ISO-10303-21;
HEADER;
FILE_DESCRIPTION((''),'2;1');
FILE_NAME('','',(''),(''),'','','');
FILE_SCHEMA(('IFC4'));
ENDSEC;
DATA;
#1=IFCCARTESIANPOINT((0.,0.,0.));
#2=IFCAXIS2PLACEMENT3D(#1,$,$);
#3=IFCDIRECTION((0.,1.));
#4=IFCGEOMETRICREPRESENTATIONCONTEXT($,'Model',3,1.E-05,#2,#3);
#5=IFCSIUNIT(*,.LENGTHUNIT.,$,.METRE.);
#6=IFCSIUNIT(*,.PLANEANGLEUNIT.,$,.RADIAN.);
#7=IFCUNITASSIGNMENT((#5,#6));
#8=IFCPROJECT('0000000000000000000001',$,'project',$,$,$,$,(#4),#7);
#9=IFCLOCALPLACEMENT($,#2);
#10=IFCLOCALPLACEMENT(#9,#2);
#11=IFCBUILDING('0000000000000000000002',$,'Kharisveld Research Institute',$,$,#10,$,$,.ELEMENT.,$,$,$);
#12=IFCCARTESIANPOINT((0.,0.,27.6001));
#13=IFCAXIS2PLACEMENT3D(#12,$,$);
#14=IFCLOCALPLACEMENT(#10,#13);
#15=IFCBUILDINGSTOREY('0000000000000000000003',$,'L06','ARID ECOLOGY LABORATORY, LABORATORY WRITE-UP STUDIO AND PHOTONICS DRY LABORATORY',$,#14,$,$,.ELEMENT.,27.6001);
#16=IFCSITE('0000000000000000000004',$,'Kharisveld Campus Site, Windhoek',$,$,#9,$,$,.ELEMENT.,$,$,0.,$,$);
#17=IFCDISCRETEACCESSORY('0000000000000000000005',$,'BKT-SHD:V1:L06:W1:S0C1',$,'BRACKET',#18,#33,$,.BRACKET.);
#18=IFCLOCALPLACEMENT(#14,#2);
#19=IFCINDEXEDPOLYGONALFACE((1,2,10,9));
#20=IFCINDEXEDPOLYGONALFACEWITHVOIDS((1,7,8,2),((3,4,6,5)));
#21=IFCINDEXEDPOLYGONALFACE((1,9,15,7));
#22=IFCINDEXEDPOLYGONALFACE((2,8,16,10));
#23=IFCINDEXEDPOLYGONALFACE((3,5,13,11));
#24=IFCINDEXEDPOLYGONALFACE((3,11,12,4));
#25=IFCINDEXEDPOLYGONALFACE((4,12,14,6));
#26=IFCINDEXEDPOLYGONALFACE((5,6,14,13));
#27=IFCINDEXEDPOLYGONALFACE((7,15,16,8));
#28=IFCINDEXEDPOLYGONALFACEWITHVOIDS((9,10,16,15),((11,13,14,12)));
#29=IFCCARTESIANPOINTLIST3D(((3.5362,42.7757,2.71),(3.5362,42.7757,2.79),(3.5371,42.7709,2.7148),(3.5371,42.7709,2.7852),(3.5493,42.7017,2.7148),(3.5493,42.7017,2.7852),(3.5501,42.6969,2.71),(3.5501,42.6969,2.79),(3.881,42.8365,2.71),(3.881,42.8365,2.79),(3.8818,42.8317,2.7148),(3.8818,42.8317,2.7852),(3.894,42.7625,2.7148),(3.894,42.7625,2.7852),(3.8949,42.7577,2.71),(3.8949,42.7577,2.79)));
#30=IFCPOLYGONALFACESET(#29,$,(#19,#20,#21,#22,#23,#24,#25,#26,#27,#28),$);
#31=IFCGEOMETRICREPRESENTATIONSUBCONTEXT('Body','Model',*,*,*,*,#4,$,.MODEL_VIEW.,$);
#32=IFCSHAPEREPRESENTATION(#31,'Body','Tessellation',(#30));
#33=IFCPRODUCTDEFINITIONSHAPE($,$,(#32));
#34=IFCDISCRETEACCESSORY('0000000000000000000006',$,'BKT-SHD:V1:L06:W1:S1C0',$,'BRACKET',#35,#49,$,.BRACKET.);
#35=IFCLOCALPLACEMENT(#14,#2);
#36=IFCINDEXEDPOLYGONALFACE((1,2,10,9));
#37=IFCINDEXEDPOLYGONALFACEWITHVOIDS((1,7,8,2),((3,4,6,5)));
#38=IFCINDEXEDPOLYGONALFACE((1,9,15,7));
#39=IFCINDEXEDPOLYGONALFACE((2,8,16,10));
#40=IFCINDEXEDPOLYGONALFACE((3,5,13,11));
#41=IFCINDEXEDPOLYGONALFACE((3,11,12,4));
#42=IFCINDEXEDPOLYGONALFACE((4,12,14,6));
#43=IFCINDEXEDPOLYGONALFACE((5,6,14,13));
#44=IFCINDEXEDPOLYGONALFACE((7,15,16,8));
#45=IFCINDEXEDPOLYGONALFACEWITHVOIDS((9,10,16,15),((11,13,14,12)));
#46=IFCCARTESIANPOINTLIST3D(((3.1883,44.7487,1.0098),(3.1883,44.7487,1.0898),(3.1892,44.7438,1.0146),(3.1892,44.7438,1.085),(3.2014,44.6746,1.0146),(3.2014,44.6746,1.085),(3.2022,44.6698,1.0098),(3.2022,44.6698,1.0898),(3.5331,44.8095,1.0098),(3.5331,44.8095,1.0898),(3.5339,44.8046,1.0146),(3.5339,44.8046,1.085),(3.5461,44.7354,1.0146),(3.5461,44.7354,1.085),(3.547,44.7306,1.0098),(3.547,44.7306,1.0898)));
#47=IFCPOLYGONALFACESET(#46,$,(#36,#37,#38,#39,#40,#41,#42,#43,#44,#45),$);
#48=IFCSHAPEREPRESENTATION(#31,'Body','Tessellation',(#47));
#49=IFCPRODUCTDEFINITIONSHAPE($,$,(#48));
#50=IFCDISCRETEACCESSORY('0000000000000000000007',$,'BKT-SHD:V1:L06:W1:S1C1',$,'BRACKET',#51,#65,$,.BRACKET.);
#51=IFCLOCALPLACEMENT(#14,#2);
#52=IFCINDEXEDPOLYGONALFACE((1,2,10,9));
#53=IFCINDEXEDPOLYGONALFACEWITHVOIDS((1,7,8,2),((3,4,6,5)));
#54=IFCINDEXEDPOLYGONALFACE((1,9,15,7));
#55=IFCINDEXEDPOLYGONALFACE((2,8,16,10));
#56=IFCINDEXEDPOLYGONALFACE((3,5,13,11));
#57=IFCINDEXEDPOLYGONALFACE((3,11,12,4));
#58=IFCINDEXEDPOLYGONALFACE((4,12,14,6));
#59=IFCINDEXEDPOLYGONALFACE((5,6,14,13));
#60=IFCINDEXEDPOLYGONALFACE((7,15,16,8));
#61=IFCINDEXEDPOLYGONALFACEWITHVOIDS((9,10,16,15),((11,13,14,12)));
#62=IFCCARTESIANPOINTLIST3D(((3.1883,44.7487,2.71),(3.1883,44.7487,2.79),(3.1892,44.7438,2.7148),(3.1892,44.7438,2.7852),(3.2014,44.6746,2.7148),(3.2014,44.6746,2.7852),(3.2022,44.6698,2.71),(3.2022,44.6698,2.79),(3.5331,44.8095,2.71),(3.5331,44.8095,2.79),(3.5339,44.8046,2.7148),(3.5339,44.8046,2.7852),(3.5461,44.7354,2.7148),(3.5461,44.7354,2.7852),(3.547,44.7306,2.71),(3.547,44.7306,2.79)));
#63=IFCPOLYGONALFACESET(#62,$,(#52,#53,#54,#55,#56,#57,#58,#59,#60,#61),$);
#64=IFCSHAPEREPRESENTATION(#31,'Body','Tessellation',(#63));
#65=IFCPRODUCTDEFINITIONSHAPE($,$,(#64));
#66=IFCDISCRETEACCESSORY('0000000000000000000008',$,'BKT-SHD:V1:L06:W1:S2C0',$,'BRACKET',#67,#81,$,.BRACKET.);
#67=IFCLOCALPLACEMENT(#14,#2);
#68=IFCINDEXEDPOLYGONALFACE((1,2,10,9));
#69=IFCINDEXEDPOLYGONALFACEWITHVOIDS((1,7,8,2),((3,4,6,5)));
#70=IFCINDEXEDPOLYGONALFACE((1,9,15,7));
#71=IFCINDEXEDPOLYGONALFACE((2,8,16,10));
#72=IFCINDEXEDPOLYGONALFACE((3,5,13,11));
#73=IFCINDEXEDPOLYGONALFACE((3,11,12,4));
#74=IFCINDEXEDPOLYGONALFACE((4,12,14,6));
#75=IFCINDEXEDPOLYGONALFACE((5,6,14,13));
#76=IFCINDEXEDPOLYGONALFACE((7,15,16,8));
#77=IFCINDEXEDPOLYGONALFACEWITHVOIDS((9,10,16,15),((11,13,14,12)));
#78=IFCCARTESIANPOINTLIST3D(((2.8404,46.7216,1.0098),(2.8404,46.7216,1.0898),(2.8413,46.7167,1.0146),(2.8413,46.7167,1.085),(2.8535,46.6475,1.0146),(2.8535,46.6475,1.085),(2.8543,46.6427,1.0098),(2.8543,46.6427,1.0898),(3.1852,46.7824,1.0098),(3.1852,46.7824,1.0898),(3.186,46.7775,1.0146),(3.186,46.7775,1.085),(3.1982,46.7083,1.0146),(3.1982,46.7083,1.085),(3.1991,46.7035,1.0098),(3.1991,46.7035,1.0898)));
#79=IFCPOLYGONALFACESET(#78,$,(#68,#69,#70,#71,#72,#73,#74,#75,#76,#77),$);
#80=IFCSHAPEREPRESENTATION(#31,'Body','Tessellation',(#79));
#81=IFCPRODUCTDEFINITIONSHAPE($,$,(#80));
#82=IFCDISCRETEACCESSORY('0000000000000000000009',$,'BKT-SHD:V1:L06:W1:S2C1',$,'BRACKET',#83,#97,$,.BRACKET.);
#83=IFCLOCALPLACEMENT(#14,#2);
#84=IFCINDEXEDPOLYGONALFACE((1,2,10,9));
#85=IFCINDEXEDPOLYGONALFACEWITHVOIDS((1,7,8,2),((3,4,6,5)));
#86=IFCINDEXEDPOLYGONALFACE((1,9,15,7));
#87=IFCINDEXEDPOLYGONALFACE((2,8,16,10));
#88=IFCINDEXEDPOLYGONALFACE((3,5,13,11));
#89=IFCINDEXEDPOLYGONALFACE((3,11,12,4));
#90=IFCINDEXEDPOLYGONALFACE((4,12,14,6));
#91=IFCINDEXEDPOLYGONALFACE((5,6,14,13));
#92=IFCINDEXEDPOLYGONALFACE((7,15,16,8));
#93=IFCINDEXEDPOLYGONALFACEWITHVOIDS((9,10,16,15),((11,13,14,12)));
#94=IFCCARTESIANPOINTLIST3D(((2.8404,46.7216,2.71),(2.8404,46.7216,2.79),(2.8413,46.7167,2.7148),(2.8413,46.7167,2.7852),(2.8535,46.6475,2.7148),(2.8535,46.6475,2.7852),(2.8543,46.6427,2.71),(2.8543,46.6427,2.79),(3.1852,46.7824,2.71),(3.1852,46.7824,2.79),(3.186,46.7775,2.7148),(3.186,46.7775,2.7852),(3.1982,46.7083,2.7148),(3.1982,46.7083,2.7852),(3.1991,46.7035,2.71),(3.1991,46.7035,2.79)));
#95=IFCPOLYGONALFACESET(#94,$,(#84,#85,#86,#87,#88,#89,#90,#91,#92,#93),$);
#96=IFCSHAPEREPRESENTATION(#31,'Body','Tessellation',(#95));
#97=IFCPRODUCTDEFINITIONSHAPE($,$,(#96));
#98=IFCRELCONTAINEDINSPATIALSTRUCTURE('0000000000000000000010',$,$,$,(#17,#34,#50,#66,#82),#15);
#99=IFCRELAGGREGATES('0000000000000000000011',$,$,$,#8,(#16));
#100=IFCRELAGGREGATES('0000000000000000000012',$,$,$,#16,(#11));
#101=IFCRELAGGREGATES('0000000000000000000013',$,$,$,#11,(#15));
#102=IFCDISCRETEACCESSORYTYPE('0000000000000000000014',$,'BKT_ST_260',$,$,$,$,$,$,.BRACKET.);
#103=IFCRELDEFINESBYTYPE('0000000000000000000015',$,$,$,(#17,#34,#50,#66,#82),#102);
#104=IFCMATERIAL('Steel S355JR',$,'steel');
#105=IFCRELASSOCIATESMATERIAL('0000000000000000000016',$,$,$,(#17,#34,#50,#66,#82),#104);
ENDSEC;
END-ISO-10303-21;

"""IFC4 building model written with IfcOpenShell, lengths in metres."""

from ifc_helpers import new_model, si_unit, direction, frame, origin, origin_2d, place, context, subcontext, project, spatial, hollow_rectangle, extrude, material, type_object, element, save


model = new_model("IFC4")

# Units and contexts
model_context = context("Model", 3, precision=1e-05, world=origin(), true_north=direction((0.0, 1.0)))
body_context = subcontext(model_context, "Body", "Model", "MODEL_VIEW")
ifc_project = project(units=[si_unit("LENGTHUNIT", "METRE"), si_unit("PLANEANGLEUNIT", "RADIAN")], contexts=[model_context])

# Site, building, storey
site_placement = place(None, origin())
site = spatial("IfcSite", under=ifc_project, at=site_placement, Name="Kharisveld Campus Site, Windhoek", CompositionType="ELEMENT", RefElevation=0.0)
building_placement = place(site_placement, origin())
building = spatial("IfcBuilding", under=site, at=building_placement, Name="Kharisveld Research Institute", CompositionType="ELEMENT")
storey_placement = place(building_placement, frame((0.0, 0.0, 27.6001)))
storey = spatial("IfcBuildingStorey", under=building, at=storey_placement, Name="L06", Description="ARID ECOLOGY LABORATORY, LABORATORY WRITE-UP STUDIO AND PHOTONICS DRY LABORATORY", CompositionType="ELEMENT", Elevation=27.6001)

# Discrete accessories
ifc_material_1 = material(Name="Steel S355JR", Category="steel")
discrete_accessory_type = type_object("IfcDiscreteAccessoryType", Name="BKT_ST_260", PredefinedType="BRACKET")
for number, where, z_axis, x_axis, name in (
    (1, (3.8879, 42.7971, 2.75), (-0.984805, -0.173666, 0.0), (0.173666, -0.984805, 0.0), "BKT-SHD:V1:L06:W1:S0C1"),
    (2, (3.54, 44.77, 1.0498), (-0.984805, -0.173666, 0.0), (0.173666, -0.984805, 0.0), "BKT-SHD:V1:L06:W1:S1C0"),
    (3, (3.54, 44.77, 2.75), (-0.984805, -0.173666, 0.0), (0.173666, -0.984805, 0.0), "BKT-SHD:V1:L06:W1:S1C1"),
    (4, (3.1921, 46.7429, 1.0498), (-0.984805, -0.173666, 0.0), (0.173666, -0.984805, 0.0), "BKT-SHD:V1:L06:W1:S2C0"),
    (5, (3.1921, 46.7429, 2.75), (-0.984805, -0.173666, 0.0), (0.173666, -0.984805, 0.0), "BKT-SHD:V1:L06:W1:S2C1"),
):
    element("IfcDiscreteAccessory", number, at=place(storey_placement, frame(where, z_axis=z_axis, x_axis=x_axis)), inside=storey, type_object=discrete_accessory_type, material=ifc_material_1, Name=name, ObjectType="BRACKET", PredefinedType="BRACKET", context=body_context, shape_type="SweptSolid", body=[
        extrude(hollow_rectangle(XDim=0.0801, YDim=0.0801, WallThickness=0.0049, at=origin_2d()), origin(), (0.0, 0.0, 1.0), 0.3501),
    ])

save(model, "model.ifc")
